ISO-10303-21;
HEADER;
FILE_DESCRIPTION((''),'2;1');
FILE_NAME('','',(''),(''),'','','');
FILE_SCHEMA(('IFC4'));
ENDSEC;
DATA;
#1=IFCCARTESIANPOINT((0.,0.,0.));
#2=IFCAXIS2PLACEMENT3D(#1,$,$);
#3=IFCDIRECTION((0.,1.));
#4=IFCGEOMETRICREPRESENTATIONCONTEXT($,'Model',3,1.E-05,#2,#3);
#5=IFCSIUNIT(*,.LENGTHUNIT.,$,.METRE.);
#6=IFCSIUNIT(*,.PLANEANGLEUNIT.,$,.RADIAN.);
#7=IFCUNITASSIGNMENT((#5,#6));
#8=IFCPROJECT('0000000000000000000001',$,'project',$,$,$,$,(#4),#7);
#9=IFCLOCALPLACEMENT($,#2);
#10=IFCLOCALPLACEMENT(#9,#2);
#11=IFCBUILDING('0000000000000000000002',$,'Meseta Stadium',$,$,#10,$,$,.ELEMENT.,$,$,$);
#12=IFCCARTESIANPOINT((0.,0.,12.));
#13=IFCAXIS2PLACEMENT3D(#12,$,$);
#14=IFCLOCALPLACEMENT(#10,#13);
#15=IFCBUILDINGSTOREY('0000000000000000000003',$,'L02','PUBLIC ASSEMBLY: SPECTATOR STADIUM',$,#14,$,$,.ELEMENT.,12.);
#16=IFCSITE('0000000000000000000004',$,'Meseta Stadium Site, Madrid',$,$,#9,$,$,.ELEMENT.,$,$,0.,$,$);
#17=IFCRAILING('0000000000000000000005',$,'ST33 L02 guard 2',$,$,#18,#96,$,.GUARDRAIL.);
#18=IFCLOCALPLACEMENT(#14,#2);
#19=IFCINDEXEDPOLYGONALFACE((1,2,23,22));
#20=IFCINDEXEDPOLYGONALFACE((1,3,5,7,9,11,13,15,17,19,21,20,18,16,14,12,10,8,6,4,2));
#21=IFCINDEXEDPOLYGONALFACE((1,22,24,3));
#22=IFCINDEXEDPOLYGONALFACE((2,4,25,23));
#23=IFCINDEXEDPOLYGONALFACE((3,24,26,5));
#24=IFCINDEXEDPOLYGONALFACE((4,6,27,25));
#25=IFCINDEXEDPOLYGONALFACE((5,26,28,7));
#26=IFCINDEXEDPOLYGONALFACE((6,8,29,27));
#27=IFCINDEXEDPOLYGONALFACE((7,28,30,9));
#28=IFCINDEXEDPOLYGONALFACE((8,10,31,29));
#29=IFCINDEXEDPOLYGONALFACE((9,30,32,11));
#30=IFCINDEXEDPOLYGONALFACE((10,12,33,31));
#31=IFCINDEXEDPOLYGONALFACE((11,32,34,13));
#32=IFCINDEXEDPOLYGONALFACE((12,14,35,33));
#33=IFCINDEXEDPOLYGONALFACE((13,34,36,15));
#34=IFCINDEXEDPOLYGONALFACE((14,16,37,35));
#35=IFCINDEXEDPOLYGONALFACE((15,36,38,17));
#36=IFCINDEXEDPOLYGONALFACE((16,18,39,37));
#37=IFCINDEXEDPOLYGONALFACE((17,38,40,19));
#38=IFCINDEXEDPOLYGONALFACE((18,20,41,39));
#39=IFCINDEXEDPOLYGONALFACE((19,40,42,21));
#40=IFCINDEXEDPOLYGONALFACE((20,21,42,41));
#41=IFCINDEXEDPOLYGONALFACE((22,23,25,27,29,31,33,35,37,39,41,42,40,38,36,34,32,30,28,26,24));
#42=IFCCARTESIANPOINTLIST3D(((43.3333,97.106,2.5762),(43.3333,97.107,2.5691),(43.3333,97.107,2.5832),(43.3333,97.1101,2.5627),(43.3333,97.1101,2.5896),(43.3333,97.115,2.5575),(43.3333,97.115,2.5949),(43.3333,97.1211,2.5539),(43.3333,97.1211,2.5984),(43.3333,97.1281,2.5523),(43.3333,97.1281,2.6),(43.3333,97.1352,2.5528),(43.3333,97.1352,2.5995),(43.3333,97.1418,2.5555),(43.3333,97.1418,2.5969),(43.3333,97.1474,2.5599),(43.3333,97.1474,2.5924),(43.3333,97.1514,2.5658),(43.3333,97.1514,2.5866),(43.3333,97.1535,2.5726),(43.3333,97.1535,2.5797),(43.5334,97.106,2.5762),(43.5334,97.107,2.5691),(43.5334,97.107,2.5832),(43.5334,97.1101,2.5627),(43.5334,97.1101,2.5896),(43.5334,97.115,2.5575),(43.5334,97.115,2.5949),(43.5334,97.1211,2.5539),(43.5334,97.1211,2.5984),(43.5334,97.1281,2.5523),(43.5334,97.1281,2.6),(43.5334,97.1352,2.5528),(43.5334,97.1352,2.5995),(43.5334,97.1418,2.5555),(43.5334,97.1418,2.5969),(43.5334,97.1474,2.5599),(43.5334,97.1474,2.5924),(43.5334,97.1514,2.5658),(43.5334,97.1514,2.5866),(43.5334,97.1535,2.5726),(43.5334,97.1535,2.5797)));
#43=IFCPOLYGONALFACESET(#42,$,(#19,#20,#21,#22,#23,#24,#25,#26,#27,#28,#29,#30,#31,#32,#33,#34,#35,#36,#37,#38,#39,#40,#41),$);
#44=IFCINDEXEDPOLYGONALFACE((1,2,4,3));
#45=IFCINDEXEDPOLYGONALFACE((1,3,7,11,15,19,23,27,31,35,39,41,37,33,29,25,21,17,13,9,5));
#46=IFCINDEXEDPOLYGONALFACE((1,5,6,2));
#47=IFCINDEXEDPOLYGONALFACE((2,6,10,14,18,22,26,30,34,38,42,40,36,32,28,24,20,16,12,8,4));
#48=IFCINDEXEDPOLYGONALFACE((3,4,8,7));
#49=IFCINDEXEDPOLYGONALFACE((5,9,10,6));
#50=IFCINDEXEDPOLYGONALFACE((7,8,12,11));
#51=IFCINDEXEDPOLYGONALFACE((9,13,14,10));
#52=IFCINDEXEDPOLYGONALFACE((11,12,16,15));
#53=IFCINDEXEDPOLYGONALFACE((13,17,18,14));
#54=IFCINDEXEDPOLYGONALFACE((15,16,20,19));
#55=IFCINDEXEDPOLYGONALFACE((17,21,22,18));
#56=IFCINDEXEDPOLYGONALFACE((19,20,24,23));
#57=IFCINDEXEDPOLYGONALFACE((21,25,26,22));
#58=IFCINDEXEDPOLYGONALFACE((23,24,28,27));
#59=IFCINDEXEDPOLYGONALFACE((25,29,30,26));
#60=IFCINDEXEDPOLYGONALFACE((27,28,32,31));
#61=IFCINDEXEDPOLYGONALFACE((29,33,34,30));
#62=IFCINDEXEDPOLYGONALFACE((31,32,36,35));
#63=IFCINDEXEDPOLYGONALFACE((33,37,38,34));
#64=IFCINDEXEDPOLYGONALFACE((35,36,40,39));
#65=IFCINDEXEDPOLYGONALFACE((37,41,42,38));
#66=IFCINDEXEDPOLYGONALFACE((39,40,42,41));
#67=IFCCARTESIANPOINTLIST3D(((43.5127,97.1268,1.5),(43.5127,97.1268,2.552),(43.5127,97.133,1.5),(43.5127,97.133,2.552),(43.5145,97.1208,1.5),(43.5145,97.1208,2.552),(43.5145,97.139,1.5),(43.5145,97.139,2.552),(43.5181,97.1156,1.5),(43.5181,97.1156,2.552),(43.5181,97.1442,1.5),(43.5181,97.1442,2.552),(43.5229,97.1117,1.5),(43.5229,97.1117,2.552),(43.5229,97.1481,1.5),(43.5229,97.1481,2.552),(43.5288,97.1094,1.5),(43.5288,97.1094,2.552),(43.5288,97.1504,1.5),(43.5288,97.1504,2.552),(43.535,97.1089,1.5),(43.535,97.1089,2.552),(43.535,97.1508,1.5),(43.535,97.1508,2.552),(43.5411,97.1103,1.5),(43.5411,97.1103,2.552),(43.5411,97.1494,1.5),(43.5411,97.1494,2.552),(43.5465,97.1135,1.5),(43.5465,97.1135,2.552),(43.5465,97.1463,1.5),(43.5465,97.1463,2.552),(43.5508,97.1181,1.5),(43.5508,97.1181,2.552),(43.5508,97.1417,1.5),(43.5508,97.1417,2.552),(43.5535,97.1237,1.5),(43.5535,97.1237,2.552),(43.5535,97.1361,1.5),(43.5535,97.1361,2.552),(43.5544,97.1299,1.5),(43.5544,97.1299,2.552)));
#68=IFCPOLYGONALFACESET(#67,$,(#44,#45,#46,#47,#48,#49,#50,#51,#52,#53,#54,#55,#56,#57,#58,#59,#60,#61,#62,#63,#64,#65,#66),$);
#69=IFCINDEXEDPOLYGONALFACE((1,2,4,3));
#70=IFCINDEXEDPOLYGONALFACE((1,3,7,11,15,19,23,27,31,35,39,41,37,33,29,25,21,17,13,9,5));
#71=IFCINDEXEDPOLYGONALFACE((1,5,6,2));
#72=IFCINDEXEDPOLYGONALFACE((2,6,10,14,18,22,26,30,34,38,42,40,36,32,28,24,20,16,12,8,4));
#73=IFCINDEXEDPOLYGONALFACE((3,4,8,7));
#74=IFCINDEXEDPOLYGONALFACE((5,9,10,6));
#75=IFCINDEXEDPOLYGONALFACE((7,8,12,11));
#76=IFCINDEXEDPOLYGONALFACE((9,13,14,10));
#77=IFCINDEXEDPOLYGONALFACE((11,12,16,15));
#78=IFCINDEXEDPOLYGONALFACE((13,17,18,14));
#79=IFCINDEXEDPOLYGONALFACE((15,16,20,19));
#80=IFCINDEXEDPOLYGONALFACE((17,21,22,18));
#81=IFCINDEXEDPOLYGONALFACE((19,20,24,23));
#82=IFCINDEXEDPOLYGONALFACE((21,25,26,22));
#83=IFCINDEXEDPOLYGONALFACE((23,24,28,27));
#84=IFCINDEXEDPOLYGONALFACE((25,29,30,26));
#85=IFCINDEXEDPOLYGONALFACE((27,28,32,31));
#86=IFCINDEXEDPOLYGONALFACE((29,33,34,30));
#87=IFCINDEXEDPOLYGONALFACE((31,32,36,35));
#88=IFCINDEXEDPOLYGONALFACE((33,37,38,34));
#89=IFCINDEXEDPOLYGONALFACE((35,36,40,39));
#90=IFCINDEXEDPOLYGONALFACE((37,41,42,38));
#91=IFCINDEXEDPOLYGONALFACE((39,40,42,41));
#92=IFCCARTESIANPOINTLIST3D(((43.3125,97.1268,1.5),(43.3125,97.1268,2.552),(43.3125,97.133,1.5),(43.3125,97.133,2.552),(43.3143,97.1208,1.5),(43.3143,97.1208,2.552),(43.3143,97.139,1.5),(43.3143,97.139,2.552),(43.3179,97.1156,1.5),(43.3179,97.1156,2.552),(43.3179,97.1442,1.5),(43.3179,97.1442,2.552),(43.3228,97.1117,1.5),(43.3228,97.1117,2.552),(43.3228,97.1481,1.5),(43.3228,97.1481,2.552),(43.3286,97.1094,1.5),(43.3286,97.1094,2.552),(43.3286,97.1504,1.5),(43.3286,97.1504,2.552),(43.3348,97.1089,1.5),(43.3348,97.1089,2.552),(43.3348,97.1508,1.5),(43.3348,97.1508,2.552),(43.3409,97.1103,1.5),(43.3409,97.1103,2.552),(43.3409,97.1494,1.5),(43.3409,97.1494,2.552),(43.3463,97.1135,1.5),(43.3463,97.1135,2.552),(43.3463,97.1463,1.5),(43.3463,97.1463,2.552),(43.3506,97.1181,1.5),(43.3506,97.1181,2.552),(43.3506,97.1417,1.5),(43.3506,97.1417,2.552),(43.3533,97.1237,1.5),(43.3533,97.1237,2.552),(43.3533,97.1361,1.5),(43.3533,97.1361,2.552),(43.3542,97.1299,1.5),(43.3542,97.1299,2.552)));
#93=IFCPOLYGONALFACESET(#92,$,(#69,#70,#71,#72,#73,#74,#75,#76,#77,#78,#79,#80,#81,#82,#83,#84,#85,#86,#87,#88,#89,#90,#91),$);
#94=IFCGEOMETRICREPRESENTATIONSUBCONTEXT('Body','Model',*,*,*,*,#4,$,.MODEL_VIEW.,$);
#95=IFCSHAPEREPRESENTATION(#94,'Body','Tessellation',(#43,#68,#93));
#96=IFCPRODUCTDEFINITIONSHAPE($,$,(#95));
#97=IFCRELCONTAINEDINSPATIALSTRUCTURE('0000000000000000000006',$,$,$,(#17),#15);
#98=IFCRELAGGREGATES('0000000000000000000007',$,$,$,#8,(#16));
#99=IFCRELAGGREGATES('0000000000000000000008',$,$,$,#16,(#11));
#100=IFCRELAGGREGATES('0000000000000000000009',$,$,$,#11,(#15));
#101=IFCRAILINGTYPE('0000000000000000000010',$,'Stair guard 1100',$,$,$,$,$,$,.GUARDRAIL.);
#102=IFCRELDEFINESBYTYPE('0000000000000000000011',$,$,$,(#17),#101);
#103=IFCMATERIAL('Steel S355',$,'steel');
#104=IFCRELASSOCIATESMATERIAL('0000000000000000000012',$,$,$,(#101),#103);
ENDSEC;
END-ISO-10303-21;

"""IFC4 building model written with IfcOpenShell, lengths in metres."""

from ifc_helpers import new_model, si_unit, direction, frame, origin, origin_2d, place, context, subcontext, project, spatial, circle, extrude, material, type_object, element, save


model = new_model("IFC4")

# Units and contexts
model_context = context("Model", 3, precision=1e-05, world=origin(), true_north=direction((0.0, 1.0)))
body_context = subcontext(model_context, "Body", "Model", "MODEL_VIEW")
ifc_project = project(units=[si_unit("LENGTHUNIT", "METRE"), si_unit("PLANEANGLEUNIT", "RADIAN")], contexts=[model_context])

# Site, building, storey
site_placement = place(None, origin())
site = spatial("IfcSite", under=ifc_project, at=site_placement, Name="Meseta Stadium Site, Madrid", CompositionType="ELEMENT", RefElevation=0.0)
building_placement = place(site_placement, origin())
building = spatial("IfcBuilding", under=site, at=building_placement, Name="Meseta Stadium", CompositionType="ELEMENT")
storey_placement = place(building_placement, frame((0.0, 0.0, 12.0)))
storey = spatial("IfcBuildingStorey", under=building, at=storey_placement, Name="L02", Description="PUBLIC ASSEMBLY: SPECTATOR STADIUM", CompositionType="ELEMENT", Elevation=12.0)

# Railing
ifc_material_1 = material(Name="Steel S355", Category="steel")
railing_type_1 = type_object("IfcRailingType", Name="Stair guard 1100", PredefinedType="GUARDRAIL", material=ifc_material_1)
railing_1_placement = place(storey_placement, frame((43.5334, 97.1299, 1.5)))
element("IfcRailing", 1, at=railing_1_placement, inside=storey, type_object=railing_type_1, Name="ST33 L02 guard 2", PredefinedType="GUARDRAIL", context=body_context, shape_type="SweptSolid", body=[
    extrude(circle(Radius=0.0239, at=origin_2d()), frame((0.0, 0.0, 1.0762), z_axis=(-1.0, 0.0, 0.0), x_axis=(0.0, -1.0, 0.0)), (0.0, 0.0, 1.0), 0.2002),
    extrude(circle(Radius=0.021, at=origin_2d()), origin(), (0.0, 0.0, 1.0), 1.052),
    extrude(circle(Radius=0.021, at=origin_2d()), frame((-0.2002, 0.0, 0.0)), (0.0, 0.0, 1.0), 1.052),
])

save(model, "model.ifc")
